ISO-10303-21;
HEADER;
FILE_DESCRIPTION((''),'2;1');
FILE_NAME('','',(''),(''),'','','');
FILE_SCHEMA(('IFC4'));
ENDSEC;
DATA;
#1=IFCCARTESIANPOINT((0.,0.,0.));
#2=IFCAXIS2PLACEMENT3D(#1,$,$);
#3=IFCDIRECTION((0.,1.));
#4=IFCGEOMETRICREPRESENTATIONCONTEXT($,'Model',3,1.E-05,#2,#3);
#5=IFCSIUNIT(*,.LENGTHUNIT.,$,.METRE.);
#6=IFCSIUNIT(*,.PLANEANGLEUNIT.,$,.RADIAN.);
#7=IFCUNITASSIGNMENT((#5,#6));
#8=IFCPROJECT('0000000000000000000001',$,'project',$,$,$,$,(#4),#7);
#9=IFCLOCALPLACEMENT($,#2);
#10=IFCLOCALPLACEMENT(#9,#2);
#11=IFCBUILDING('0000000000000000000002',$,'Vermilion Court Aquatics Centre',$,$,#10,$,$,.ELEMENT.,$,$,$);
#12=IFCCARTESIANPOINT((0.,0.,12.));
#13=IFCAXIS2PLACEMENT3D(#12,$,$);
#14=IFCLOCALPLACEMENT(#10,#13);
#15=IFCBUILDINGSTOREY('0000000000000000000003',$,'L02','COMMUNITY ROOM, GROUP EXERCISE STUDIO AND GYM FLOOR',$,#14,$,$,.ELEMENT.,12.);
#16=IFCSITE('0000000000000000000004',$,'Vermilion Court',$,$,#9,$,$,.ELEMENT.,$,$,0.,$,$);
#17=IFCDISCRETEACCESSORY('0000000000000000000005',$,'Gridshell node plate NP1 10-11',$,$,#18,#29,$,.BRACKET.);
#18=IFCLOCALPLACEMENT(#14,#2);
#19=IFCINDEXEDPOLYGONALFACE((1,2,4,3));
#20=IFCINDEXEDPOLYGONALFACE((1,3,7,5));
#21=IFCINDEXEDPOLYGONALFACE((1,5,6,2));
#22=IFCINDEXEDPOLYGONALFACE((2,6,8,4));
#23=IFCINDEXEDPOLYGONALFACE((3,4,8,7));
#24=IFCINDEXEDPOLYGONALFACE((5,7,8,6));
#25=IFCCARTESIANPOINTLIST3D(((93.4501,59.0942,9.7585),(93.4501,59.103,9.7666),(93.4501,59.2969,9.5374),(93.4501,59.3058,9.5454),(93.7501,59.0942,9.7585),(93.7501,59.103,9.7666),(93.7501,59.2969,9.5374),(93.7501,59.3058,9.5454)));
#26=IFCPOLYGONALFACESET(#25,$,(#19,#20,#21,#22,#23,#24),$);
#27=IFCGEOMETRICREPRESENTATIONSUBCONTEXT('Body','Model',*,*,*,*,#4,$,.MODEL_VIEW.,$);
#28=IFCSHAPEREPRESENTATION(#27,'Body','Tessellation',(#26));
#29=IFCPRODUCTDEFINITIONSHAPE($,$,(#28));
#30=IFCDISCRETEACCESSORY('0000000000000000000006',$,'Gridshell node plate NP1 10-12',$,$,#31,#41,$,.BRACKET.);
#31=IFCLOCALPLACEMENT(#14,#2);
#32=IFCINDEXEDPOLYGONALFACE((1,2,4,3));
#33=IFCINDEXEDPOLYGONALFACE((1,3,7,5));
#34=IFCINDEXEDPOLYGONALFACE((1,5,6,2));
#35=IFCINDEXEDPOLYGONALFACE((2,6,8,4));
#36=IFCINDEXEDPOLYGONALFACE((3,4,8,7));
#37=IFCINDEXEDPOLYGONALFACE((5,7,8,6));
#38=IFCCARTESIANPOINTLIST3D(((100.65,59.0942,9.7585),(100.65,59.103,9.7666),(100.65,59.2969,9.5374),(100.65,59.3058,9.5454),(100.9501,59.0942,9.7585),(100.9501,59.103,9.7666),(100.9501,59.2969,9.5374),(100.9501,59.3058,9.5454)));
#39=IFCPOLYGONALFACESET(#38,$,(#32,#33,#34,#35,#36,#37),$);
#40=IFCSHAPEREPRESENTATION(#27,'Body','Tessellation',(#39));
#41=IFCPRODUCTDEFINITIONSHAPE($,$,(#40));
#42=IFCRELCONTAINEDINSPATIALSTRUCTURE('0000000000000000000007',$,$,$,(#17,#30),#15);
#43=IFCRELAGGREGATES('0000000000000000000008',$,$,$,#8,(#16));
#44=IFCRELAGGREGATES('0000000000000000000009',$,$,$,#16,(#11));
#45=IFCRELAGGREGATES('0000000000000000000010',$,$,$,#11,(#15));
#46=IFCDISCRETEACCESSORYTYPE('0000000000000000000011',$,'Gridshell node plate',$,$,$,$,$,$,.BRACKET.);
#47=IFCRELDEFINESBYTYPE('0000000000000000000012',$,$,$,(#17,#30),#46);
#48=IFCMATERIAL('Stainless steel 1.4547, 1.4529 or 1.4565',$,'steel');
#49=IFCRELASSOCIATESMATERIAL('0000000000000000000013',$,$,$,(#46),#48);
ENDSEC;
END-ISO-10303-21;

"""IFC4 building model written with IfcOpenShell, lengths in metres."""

from ifc_helpers import new_model, si_unit, direction, frame, origin, origin_2d, place, context, subcontext, project, spatial, rectangle, extrude, material, material_profile, profile_set, type_object, element, save


model = new_model("IFC4")

# Units and contexts
model_context = context("Model", 3, precision=1e-05, world=origin(), true_north=direction((0.0, 1.0)))
body_context = subcontext(model_context, "Body", "Model", "MODEL_VIEW")
ifc_project = project(units=[si_unit("LENGTHUNIT", "METRE"), si_unit("PLANEANGLEUNIT", "RADIAN")], contexts=[model_context])

# Site, building, storey
site_placement = place(None, origin())
site = spatial("IfcSite", under=ifc_project, at=site_placement, Name="Vermilion Court", CompositionType="ELEMENT", RefElevation=0.0)
building_placement = place(site_placement, origin())
building = spatial("IfcBuilding", under=site, at=building_placement, Name="Vermilion Court Aquatics Centre", CompositionType="ELEMENT")
storey_placement = place(building_placement, frame((0.0, 0.0, 12.0)))
storey = spatial("IfcBuildingStorey", under=building, at=storey_placement, Name="L02", Description="COMMUNITY ROOM, GROUP EXERCISE STUDIO AND GYM FLOOR", CompositionType="ELEMENT", Elevation=12.0)

# Discrete accessories
ifc_material_1 = material(Name="Stainless steel 1.4547, 1.4529 or 1.4565", Category="steel")
ifc_material_profile_1 = material_profile(ifc_material_1, rectangle(XDim=0.3, YDim=0.3, at=origin_2d()), Name="PL 12 x 300 x 300")
ifc_profile_set_1 = profile_set([ifc_material_profile_1], Name="Stainless steel 1.4547, 1.4529 or 1.4565")
discrete_accessory_type = type_object("IfcDiscreteAccessoryType", Name="Gridshell node plate", PredefinedType="BRACKET", material=ifc_profile_set_1)
for number, where, z_axis, x_axis, name in (
    (1, (93.6001, 59.1956, 9.6479), (0.0, 0.737154, 0.675725), (-1.0, 0.0, 0.0), "Gridshell node plate NP1 10-11"),
    (2, (100.8, 59.1956, 9.6479), (0.0, 0.737154, 0.675725), (-1.0, 0.0, 0.0), "Gridshell node plate NP1 10-12"),
):
    element("IfcDiscreteAccessory", number, at=place(storey_placement, frame(where, z_axis=z_axis, x_axis=x_axis)), inside=storey, type_object=discrete_accessory_type, Name=name, PredefinedType="BRACKET", context=body_context, shape_type="SweptSolid", body=[
        extrude(rectangle(XDim=0.3, YDim=0.3, at=origin_2d()), origin(), (0.0, 0.0, 1.0), 0.012),
    ])

save(model, "model.ifc")
